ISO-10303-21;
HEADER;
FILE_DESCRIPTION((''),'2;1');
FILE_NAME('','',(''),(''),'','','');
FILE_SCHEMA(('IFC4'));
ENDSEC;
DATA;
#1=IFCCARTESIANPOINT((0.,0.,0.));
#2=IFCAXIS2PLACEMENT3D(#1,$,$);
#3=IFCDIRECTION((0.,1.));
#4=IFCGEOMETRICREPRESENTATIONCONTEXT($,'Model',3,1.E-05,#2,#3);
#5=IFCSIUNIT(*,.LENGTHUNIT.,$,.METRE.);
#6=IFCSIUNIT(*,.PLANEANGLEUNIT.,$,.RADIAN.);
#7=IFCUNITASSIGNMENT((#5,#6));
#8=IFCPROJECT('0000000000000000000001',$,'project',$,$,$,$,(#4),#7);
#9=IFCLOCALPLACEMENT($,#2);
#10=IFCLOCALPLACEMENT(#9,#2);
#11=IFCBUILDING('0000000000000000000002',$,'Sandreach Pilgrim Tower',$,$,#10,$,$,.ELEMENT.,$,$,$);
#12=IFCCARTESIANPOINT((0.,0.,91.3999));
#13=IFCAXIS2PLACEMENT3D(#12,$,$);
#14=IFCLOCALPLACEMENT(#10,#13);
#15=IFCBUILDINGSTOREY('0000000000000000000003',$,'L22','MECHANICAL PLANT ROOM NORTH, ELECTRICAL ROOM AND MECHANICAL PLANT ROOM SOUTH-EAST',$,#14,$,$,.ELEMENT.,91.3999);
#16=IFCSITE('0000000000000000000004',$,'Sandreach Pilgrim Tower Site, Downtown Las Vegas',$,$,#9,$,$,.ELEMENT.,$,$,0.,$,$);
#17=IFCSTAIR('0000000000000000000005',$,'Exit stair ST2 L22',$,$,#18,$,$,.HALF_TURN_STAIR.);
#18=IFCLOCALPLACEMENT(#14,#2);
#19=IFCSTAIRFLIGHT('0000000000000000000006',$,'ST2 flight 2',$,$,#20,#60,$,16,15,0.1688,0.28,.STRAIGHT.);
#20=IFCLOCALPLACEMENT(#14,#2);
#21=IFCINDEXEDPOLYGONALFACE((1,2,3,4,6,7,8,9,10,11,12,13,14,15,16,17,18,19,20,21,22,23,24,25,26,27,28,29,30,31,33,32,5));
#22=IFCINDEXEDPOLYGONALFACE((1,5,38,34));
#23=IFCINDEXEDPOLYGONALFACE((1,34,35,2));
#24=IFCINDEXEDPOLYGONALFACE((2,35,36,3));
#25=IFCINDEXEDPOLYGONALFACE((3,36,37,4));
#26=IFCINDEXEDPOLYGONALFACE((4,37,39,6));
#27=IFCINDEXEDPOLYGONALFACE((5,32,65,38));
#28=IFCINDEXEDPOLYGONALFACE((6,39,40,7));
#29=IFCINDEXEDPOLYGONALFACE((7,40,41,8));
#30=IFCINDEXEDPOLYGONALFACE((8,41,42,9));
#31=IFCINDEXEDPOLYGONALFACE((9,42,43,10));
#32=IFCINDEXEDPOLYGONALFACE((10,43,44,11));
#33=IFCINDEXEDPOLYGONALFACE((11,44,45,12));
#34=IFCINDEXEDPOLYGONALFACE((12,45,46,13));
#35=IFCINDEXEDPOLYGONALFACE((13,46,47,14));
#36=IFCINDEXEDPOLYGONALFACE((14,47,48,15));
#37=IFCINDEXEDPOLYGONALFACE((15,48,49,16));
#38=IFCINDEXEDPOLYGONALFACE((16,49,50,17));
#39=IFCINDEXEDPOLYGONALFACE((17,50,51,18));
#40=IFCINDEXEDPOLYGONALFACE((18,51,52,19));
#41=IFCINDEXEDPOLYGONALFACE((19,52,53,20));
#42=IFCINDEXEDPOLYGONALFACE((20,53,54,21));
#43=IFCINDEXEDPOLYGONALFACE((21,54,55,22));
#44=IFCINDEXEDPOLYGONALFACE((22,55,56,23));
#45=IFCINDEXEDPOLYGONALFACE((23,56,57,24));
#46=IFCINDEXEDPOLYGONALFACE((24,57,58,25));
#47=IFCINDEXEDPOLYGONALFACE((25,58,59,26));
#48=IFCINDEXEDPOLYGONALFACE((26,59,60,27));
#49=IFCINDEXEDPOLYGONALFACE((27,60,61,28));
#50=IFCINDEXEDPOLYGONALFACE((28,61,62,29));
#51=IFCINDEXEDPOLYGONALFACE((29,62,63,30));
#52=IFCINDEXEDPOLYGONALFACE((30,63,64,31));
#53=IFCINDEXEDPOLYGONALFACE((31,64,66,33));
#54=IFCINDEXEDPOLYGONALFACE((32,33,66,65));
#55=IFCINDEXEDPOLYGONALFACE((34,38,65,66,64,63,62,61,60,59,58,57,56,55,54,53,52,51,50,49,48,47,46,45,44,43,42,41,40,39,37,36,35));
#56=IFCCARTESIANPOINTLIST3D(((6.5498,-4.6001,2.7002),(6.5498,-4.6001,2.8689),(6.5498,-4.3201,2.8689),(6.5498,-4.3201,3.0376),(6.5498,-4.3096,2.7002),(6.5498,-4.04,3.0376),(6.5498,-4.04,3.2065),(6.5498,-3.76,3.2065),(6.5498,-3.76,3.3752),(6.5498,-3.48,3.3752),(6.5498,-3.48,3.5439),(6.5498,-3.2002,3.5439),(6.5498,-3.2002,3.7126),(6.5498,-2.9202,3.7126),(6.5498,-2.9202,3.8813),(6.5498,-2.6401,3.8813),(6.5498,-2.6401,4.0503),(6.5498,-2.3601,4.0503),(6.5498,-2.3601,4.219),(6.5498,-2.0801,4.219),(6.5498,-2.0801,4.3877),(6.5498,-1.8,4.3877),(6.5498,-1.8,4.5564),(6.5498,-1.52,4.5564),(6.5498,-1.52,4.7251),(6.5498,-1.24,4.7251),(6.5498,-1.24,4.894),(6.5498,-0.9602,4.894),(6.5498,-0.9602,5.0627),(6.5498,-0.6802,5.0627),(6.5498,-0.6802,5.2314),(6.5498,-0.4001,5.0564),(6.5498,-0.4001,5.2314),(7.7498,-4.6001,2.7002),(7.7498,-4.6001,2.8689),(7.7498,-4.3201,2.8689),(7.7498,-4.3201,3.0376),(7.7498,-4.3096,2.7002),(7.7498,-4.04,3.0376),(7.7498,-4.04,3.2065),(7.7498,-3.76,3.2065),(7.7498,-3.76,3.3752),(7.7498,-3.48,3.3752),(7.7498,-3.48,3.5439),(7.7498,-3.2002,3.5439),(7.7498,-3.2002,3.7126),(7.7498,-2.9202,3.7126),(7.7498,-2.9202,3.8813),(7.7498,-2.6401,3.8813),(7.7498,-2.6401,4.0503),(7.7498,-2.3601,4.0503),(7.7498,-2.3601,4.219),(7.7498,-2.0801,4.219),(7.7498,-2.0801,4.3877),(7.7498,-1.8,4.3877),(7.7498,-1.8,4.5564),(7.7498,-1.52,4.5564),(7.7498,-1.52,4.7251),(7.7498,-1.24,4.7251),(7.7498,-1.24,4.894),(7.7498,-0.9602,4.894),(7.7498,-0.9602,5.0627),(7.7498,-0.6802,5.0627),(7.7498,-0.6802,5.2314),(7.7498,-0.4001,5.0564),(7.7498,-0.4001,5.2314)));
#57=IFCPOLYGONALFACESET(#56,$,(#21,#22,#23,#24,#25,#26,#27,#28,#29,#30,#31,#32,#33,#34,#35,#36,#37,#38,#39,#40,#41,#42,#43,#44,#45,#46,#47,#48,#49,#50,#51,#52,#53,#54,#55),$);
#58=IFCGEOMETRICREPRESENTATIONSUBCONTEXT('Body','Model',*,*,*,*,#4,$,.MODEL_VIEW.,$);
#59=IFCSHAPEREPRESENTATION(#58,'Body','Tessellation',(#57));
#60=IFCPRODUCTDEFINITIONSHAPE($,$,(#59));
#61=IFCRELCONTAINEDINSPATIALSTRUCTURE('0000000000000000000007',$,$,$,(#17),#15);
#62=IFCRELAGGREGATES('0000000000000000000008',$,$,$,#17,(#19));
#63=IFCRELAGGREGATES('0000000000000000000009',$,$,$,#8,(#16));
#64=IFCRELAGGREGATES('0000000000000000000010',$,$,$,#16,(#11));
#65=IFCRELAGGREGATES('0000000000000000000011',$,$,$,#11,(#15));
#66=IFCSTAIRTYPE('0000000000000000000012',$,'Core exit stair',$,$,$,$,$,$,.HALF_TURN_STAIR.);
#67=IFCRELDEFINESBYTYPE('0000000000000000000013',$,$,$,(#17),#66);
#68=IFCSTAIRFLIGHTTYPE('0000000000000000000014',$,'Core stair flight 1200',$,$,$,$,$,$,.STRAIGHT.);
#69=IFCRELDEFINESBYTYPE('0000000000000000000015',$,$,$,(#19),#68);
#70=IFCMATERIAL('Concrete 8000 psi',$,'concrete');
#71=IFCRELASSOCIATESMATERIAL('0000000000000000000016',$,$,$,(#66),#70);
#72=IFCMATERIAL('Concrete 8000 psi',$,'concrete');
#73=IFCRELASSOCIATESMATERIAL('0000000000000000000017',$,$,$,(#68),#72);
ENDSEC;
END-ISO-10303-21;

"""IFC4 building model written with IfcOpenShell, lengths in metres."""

from ifc_helpers import new_model, si_unit, direction, frame, origin, place, context, subcontext, project, spatial, polyline, outline, extrude, material, type_object, element, aggregate, save


model = new_model("IFC4")

# Units and contexts
model_context = context("Model", 3, precision=1e-05, world=origin(), true_north=direction((0.0, 1.0)))
body_context = subcontext(model_context, "Body", "Model", "MODEL_VIEW")
ifc_project = project(units=[si_unit("LENGTHUNIT", "METRE"), si_unit("PLANEANGLEUNIT", "RADIAN")], contexts=[model_context])

# Site, building, storey
site_placement = place(None, origin())
site = spatial("IfcSite", under=ifc_project, at=site_placement, Name="Sandreach Pilgrim Tower Site, Downtown Las Vegas", CompositionType="ELEMENT", RefElevation=0.0)
building_placement = place(site_placement, origin())
building = spatial("IfcBuilding", under=site, at=building_placement, Name="Sandreach Pilgrim Tower", CompositionType="ELEMENT")
storey_placement = place(building_placement, frame((0.0, 0.0, 91.3999)))
storey = spatial("IfcBuildingStorey", under=building, at=storey_placement, Name="L22", Description="MECHANICAL PLANT ROOM NORTH, ELECTRICAL ROOM AND MECHANICAL PLANT ROOM SOUTH-EAST", CompositionType="ELEMENT", Elevation=91.3999)

# Shared definitions
ifc_material_1 = material(Name="Concrete 8000 psi", Category="concrete")
stair_type = type_object("IfcStairType", Name="Core exit stair", PredefinedType="HALF_TURN_STAIR", material=ifc_material_1)

# Shared definitions
ifc_material_2 = material(Name="Concrete 8000 psi", Category="concrete")
stair_flight_type = type_object("IfcStairFlightType", Name="Core stair flight 1200", PredefinedType="STRAIGHT", material=ifc_material_2)

# Stair, stair flight
stair_1_placement = place(storey_placement, origin())
stair_1 = element("IfcStair", 1, at=stair_1_placement, inside=storey, type_object=stair_type, Name="Exit stair ST2 L22", PredefinedType="HALF_TURN_STAIR")
stair_flight_1_placement = place(storey_placement, frame((7.1499, -4.6001, 2.7002), z_axis=(0.0, 0.0, 1.0), x_axis=(0.0, 1.0, 0.0)))
stair_flight_1 = element("IfcStairFlight", 2, at=stair_flight_1_placement, type_object=stair_flight_type, Name="ST2 flight 2", NumberOfRisers=16, NumberOfTreads=15, PredefinedType="STRAIGHT", RiserHeight=0.1688, TreadLength=0.28, context=body_context, shape_type="SweptSolid", body=[
    extrude(outline(polyline([(0.0, 0.0), (0.0, 0.1687), (0.28, 0.1687), (0.28, 0.3374), (0.5601, 0.3374), (0.5601, 0.5063), (0.8401, 0.5063), (0.8401, 0.675), (1.1201, 0.675), (1.1201, 0.8438), (1.3999, 0.8438), (1.3999, 1.0125), (1.6799, 1.0125), (1.6799, 1.1812), (1.96, 1.1812), (1.96, 1.3501), (2.24, 1.3501), (2.24, 1.5188), (2.52, 1.5188), (2.52, 1.6875), (2.8, 1.6875), (2.8, 1.8562), (3.0801, 1.8562), (3.0801, 2.0249), (3.3601, 2.0249), (3.3601, 2.1938), (3.6399, 2.1938), (3.6399, 2.3625), (3.9199, 2.3625), (3.9199, 2.5312), (4.2, 2.5312), (4.2, 2.7), (4.2, 2.3562), (0.2905, 0.0), (0.0, 0.0)])), frame((0.0, 0.6001, 0.0), z_axis=(0.0, -1.0, 0.0), x_axis=(1.0, 0.0, 0.0)), (0.0, 0.0, 1.0), 1.2),
])
aggregate(stair_1, [stair_flight_1])

save(model, "model.ifc")
